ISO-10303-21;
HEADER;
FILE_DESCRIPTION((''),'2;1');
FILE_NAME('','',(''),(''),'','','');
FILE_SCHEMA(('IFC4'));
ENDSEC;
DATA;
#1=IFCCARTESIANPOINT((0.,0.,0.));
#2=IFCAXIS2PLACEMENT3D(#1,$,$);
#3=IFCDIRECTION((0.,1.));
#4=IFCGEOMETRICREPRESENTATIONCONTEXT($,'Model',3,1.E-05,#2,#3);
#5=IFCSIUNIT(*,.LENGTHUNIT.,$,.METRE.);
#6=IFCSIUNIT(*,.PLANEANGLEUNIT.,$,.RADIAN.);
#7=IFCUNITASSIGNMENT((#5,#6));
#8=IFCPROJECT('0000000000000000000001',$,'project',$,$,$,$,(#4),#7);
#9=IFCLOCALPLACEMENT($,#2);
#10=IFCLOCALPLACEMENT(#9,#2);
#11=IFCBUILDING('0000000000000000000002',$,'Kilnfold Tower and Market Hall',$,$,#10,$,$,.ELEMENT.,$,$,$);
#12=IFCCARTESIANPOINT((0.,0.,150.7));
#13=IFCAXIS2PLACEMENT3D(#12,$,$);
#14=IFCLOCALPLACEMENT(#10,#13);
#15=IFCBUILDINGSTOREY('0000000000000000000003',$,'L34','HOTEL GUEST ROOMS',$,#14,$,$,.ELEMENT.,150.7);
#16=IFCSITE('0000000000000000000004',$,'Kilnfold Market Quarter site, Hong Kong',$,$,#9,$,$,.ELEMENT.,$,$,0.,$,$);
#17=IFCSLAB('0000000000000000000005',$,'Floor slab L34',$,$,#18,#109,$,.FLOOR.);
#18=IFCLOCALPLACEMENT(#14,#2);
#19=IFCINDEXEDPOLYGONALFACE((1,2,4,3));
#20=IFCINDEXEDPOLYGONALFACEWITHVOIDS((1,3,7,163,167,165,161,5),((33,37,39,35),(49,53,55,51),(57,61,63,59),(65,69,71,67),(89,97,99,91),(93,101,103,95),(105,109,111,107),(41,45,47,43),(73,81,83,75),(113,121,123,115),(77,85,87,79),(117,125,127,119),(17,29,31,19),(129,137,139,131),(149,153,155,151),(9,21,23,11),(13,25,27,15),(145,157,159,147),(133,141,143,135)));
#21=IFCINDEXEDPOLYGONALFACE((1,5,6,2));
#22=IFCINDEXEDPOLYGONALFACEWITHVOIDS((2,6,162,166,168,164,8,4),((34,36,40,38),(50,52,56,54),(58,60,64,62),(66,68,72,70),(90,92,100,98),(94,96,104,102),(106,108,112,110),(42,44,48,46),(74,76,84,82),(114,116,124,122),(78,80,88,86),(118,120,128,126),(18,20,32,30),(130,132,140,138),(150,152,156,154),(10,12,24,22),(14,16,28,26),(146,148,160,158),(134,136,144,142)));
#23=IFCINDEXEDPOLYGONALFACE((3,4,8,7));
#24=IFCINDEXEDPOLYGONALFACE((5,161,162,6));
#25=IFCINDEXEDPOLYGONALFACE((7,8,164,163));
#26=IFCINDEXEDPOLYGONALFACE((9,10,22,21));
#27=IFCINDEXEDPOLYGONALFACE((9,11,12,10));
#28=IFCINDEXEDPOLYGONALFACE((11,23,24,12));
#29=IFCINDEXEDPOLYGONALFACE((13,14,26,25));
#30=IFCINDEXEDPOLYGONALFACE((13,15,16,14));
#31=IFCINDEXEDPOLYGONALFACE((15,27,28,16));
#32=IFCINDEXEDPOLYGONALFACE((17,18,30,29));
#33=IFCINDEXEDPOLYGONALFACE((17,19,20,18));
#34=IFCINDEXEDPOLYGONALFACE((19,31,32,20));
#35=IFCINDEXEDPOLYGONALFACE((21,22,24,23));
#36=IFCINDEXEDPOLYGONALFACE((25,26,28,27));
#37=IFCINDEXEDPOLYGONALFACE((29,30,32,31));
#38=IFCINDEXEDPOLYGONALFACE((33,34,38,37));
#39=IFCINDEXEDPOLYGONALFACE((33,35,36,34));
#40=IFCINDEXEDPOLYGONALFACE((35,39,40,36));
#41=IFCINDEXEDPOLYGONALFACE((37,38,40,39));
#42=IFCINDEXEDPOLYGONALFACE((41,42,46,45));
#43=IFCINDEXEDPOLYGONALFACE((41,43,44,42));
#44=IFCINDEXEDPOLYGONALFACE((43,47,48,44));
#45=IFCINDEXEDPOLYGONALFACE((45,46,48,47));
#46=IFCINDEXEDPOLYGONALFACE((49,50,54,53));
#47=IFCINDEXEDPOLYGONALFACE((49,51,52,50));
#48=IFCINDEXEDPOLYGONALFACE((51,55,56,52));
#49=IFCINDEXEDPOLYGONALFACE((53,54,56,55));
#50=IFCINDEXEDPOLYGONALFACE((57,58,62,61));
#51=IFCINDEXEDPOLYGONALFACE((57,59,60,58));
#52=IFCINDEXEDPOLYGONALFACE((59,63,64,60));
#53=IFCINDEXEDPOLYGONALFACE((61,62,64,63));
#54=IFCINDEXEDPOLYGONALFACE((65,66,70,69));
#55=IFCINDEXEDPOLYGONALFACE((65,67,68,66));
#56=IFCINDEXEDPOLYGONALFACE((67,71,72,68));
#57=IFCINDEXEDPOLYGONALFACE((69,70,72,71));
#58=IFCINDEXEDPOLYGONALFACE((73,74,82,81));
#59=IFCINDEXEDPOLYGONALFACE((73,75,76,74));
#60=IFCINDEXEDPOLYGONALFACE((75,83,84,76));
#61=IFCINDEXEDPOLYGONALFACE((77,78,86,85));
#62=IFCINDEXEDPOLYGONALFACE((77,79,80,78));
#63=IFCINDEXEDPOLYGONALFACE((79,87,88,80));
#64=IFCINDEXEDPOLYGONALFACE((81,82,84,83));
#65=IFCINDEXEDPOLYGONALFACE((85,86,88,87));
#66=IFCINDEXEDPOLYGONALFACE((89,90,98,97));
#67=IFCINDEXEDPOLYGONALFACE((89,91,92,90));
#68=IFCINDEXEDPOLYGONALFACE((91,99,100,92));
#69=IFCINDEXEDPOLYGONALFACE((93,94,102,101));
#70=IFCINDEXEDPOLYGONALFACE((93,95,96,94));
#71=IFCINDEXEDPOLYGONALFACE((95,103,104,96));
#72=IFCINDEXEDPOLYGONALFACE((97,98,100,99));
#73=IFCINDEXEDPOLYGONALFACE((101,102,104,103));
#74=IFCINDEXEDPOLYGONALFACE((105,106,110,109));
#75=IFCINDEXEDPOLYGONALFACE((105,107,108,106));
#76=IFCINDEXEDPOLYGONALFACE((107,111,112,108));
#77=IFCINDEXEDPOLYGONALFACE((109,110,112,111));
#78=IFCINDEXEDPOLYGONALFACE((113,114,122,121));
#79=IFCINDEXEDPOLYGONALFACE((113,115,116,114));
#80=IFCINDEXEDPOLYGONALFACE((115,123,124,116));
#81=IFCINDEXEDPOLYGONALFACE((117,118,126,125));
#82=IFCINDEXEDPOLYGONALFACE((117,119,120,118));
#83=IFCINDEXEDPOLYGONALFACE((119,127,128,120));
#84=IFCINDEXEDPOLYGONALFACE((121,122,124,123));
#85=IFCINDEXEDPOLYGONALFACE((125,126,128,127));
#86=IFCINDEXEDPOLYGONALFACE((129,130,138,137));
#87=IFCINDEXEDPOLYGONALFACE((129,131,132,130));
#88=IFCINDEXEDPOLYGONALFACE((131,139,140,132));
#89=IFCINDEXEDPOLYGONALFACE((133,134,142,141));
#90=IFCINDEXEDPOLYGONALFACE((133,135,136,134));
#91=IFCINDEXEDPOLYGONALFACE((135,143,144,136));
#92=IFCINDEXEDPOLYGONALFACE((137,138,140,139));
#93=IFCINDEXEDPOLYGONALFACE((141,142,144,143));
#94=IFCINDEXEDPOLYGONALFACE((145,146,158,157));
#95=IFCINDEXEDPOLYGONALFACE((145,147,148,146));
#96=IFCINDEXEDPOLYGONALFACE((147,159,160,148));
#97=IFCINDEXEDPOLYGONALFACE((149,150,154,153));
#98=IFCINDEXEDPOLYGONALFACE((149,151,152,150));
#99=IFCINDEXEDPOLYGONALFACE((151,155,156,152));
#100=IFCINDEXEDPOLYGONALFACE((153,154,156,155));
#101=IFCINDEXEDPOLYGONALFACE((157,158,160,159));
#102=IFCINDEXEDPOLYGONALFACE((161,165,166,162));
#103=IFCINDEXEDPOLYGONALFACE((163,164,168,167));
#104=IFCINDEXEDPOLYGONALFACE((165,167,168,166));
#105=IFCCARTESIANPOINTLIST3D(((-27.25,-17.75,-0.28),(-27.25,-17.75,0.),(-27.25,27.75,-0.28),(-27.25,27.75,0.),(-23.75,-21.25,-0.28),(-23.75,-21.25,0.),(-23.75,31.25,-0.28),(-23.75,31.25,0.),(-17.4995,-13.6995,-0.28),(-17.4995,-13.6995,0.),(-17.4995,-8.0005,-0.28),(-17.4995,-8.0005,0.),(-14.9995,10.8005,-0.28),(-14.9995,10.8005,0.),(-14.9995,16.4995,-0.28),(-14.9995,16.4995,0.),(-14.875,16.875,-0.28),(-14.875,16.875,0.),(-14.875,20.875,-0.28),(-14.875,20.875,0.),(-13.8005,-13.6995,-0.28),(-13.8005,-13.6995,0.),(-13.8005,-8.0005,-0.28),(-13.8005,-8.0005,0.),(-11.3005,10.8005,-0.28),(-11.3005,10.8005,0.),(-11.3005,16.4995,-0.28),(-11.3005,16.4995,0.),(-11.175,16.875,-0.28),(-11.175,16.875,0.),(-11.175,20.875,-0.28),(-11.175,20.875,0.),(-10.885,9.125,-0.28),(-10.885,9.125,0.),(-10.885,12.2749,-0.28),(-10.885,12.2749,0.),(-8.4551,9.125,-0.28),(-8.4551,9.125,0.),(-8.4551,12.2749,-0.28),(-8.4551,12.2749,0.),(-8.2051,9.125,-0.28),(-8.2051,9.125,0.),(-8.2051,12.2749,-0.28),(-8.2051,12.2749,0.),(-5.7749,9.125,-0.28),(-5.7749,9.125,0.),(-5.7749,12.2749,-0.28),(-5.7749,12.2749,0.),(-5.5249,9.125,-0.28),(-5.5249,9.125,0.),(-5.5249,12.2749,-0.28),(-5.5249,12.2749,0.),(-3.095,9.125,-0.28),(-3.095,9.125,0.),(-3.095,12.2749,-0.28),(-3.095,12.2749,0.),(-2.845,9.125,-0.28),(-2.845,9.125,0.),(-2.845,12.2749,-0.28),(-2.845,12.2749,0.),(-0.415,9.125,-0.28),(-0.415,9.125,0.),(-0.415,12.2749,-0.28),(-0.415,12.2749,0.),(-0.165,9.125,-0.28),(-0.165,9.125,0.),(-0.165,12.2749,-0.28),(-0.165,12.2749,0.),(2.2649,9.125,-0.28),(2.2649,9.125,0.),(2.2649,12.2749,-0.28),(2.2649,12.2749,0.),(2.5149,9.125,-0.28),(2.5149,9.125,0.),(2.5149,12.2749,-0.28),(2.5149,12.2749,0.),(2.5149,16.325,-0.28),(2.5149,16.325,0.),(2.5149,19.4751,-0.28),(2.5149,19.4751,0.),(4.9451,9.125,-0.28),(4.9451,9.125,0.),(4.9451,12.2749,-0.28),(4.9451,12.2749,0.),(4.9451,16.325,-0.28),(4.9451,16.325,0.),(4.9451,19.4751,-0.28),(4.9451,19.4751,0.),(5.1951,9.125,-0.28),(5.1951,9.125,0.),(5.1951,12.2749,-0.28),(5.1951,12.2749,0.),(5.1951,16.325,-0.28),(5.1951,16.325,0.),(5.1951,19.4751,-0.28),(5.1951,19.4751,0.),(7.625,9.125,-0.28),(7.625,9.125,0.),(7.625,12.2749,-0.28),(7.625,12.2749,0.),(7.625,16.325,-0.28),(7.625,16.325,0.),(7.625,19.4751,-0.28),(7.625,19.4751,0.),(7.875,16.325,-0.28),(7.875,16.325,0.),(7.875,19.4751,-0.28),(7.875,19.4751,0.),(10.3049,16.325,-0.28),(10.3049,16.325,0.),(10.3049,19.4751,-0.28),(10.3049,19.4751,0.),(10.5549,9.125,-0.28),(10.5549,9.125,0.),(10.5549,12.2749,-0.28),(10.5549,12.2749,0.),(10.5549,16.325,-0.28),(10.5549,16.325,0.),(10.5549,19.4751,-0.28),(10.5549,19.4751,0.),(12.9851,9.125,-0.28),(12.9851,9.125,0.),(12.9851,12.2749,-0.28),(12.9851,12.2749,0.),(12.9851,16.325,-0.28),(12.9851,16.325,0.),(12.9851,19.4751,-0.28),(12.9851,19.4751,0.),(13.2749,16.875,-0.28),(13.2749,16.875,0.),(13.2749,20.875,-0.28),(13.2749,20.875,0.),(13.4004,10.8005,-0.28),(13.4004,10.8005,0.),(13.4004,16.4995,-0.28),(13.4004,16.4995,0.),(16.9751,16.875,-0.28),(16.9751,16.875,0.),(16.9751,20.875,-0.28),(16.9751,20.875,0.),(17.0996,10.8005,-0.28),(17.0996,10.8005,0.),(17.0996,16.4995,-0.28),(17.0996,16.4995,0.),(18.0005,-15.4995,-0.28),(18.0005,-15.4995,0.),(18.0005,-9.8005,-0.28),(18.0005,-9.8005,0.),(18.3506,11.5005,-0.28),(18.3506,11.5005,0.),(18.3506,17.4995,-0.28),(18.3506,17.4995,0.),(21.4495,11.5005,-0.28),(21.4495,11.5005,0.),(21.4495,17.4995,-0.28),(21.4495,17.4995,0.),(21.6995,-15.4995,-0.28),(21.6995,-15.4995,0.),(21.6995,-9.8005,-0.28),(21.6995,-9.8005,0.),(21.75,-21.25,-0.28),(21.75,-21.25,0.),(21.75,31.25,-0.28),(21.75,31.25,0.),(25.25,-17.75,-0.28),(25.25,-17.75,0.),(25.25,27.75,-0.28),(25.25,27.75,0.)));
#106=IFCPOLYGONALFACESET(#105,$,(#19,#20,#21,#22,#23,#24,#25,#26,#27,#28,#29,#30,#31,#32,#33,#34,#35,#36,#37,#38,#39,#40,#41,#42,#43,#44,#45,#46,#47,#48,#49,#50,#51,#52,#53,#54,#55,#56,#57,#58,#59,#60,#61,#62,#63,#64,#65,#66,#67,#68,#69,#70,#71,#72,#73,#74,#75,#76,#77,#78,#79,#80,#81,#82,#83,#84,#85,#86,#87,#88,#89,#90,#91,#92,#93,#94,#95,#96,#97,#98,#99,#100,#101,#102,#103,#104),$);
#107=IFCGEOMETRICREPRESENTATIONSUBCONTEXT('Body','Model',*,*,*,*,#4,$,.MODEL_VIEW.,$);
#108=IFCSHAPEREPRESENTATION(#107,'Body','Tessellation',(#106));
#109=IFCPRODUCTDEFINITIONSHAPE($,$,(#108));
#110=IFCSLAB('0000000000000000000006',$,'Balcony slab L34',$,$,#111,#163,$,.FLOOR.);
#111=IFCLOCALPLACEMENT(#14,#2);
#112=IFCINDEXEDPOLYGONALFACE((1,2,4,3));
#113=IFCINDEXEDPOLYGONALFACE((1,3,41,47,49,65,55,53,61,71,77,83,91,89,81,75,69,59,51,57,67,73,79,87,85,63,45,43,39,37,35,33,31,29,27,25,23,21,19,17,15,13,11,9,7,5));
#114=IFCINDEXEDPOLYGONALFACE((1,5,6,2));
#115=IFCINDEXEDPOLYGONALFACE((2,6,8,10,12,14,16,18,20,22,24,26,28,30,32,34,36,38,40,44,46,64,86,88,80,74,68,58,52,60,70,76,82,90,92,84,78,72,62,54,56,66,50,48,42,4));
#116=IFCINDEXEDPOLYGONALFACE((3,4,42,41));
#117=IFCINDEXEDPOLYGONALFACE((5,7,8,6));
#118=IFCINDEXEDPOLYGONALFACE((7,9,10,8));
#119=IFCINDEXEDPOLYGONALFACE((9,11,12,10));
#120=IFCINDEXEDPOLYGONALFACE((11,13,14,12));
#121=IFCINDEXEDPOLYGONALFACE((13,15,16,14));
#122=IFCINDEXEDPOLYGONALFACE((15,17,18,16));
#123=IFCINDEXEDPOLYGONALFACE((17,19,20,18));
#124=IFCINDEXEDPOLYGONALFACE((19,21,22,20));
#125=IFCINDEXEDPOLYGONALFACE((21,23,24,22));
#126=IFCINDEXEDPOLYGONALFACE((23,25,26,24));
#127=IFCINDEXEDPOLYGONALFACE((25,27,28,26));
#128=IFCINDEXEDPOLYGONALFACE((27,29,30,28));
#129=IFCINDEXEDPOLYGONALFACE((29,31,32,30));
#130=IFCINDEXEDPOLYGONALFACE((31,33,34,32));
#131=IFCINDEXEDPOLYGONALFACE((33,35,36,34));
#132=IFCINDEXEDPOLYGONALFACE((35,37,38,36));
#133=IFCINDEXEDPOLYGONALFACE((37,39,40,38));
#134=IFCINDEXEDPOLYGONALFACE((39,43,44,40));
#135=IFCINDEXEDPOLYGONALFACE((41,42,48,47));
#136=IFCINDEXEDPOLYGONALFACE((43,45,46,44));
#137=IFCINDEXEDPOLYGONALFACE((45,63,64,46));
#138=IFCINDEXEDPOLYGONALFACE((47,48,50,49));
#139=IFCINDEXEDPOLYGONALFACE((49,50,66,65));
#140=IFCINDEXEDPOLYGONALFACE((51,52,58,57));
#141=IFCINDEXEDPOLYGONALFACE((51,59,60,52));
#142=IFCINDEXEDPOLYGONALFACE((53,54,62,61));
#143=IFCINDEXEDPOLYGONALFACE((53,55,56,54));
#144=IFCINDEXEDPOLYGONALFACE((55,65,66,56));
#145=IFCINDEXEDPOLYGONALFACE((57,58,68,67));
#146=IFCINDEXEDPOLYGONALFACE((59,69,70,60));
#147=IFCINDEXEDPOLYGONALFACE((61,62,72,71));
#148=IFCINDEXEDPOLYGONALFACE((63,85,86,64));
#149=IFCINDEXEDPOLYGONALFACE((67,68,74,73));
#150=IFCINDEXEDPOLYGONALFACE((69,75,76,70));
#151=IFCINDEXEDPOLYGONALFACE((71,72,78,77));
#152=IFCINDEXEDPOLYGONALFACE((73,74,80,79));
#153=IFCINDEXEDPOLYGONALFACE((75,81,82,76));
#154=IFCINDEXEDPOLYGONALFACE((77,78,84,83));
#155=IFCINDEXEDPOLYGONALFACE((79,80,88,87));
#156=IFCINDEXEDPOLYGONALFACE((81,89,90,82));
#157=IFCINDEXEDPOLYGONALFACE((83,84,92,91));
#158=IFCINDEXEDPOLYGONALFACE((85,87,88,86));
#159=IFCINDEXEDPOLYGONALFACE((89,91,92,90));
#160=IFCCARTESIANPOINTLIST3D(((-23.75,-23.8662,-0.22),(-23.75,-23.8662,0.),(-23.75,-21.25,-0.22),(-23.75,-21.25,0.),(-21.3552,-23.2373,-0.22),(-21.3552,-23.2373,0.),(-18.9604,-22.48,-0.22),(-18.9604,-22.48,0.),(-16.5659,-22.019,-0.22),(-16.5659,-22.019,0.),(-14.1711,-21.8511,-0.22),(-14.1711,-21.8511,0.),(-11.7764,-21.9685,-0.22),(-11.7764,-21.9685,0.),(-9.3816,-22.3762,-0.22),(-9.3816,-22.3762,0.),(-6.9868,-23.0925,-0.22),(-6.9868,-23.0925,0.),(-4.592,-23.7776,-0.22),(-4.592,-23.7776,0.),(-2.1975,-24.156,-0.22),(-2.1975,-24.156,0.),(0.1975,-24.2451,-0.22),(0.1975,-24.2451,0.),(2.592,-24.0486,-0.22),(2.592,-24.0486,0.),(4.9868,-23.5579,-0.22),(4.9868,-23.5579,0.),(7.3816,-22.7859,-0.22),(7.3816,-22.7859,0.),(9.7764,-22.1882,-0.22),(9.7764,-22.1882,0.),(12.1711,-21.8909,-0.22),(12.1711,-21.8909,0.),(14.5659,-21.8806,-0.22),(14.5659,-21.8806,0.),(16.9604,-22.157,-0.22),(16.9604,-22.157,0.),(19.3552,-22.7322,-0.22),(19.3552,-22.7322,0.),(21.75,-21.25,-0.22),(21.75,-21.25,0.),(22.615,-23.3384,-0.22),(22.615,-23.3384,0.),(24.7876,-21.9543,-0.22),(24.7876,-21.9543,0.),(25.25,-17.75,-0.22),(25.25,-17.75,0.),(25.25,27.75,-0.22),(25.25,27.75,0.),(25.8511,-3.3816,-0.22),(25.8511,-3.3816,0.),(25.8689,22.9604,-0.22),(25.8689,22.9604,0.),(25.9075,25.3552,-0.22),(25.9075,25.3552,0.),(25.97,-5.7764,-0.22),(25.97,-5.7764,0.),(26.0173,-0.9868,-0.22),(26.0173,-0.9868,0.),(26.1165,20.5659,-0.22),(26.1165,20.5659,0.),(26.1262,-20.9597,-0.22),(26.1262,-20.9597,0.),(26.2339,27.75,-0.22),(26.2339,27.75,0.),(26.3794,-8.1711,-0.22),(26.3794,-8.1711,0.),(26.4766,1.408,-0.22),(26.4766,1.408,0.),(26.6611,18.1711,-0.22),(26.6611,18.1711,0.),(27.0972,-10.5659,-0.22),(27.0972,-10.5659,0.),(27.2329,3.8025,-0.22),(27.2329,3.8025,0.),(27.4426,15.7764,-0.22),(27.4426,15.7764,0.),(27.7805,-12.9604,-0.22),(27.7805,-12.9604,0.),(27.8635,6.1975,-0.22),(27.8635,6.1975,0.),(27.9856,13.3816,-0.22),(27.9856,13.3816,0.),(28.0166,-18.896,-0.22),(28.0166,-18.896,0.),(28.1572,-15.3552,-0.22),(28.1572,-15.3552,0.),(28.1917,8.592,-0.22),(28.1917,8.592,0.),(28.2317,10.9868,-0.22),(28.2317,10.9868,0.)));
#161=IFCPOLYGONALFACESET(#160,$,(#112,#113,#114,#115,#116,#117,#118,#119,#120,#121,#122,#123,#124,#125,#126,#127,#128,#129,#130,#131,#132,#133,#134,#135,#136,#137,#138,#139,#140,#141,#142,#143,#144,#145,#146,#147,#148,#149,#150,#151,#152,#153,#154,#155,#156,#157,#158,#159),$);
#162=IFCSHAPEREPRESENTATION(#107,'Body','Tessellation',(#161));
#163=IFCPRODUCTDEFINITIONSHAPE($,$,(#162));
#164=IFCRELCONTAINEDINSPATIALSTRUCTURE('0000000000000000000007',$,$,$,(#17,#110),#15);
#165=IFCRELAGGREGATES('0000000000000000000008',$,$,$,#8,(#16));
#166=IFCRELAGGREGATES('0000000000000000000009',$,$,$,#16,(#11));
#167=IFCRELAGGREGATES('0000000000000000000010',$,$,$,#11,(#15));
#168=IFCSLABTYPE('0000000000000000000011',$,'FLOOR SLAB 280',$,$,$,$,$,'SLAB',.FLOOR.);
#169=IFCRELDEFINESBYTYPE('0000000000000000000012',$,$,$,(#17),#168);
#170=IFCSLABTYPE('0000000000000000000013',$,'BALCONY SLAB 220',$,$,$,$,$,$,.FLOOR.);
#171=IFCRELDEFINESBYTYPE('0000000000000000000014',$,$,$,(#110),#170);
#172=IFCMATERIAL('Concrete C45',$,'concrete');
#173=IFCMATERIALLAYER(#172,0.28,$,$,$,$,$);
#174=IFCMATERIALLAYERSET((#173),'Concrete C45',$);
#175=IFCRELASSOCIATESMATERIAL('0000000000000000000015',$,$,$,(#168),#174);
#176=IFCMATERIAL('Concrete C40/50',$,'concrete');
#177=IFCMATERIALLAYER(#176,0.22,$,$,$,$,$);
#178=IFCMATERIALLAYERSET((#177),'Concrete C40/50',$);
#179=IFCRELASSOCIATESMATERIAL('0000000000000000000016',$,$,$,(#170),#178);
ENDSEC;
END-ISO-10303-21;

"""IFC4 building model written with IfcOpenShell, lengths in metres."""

from ifc_helpers import new_model, si_unit, direction, frame, origin, place, context, subcontext, project, spatial, polyline, outline, extrude, source, transform, mapped, material, layer, layer_set, type_object, element, save


model = new_model("IFC4")

# Units and contexts
model_context = context("Model", 3, precision=1e-05, world=origin(), true_north=direction((0.0, 1.0)))
body_context = subcontext(model_context, "Body", "Model", "MODEL_VIEW")
ifc_project = project(units=[si_unit("LENGTHUNIT", "METRE"), si_unit("PLANEANGLEUNIT", "RADIAN")], contexts=[model_context])

# Site, building, storey
site_placement = place(None, origin())
site = spatial("IfcSite", under=ifc_project, at=site_placement, Name="Kilnfold Market Quarter site, Hong Kong", CompositionType="ELEMENT", RefElevation=0.0)
building_placement = place(site_placement, origin())
building = spatial("IfcBuilding", under=site, at=building_placement, Name="Kilnfold Tower and Market Hall", CompositionType="ELEMENT")
storey_placement = place(building_placement, frame((0.0, 0.0, 150.7)))
storey = spatial("IfcBuildingStorey", under=building, at=storey_placement, Name="L34", Description="HOTEL GUEST ROOMS", CompositionType="ELEMENT", Elevation=150.7)

# Slabs
ifc_material_1 = material(Name="Concrete C45", Category="concrete")
ifc_layer_1 = layer(ifc_material_1, 0.28)
ifc_layer_set_1 = layer_set([ifc_layer_1], Name="Concrete C45")
slab_type_1 = type_object("IfcSlabType", Name="FLOOR SLAB 280", ElementType="SLAB", PredefinedType="FLOOR", material=ifc_layer_set_1)
shared_shape_1 = source(origin(), body_context, "Body", "SweptSolid", [
    extrude(outline(polyline([(-23.75, -21.25), (21.75, -21.25), (25.25, -17.75), (25.25, 27.75), (21.75, 31.25), (-23.75, 31.25), (-27.25, 27.75), (-27.25, -17.75), (-23.75, -21.25)]), holes=[polyline([(-13.8005, -13.6995), (-17.4995, -13.6995), (-17.4995, -8.0005), (-13.8005, -8.0005), (-13.8005, -13.6995)]), polyline([(-14.9995, 10.8005), (-14.9995, 16.4995), (-11.3005, 16.4995), (-11.3005, 10.8005), (-14.9995, 10.8005)]), polyline([(-11.175, 16.875), (-14.875, 16.875), (-14.875, 20.875), (-11.175, 20.875), (-11.175, 16.875)]), polyline([(-8.4551, 9.125), (-10.885, 9.125), (-10.885, 12.2749), (-8.4551, 12.2749), (-8.4551, 9.125)]), polyline([(-5.7749, 9.125), (-8.2051, 9.125), (-8.2051, 12.2749), (-5.7749, 12.2749), (-5.7749, 9.125)]), polyline([(-3.095, 9.125), (-5.5249, 9.125), (-5.5249, 12.2749), (-3.095, 12.2749), (-3.095, 9.125)]), polyline([(-0.415, 9.125), (-2.845, 9.125), (-2.845, 12.2749), (-0.415, 12.2749), (-0.415, 9.125)]), polyline([(2.2649, 9.125), (-0.165, 9.125), (-0.165, 12.2749), (2.2649, 12.2749), (2.2649, 9.125)]), polyline([(4.9451, 9.125), (2.5149, 9.125), (2.5149, 12.2749), (4.9451, 12.2749), (4.9451, 9.125)]), polyline([(2.5149, 16.325), (2.5149, 19.4751), (4.9451, 19.4751), (4.9451, 16.325), (2.5149, 16.325)]), polyline([(7.625, 9.125), (5.1951, 9.125), (5.1951, 12.2749), (7.625, 12.2749), (7.625, 9.125)]), polyline([(7.625, 16.325), (5.1951, 16.325), (5.1951, 19.4751), (7.625, 19.4751), (7.625, 16.325)]), polyline([(10.3049, 16.325), (7.875, 16.325), (7.875, 19.4751), (10.3049, 19.4751), (10.3049, 16.325)]), polyline([(10.5549, 9.125), (10.5549, 12.2749), (12.9851, 12.2749), (12.9851, 9.125), (10.5549, 9.125)]), polyline([(10.5549, 16.325), (10.5549, 19.4751), (12.9851, 19.4751), (12.9851, 16.325), (10.5549, 16.325)]), polyline([(13.2749, 16.875), (13.2749, 20.875), (16.9751, 20.875), (16.9751, 16.875), (13.2749, 16.875)]), polyline([(13.4004, 10.8005), (13.4004, 16.4995), (17.0996, 16.4995), (17.0996, 10.8005), (13.4004, 10.8005)]), polyline([(18.0005, -9.8005), (21.6995, -9.8005), (21.6995, -15.4995), (18.0005, -15.4995), (18.0005, -9.8005)]), polyline([(21.4495, 11.5005), (18.3506, 11.5005), (18.3506, 17.4995), (21.4495, 17.4995), (21.4495, 11.5005)])]), origin(), (0.0, 0.0, 1.0), 0.28),
])
slab_1_placement = place(storey_placement, frame((0.0, 0.0, -0.28)))
element("IfcSlab", 1, at=slab_1_placement, inside=storey, type_object=slab_type_1, Name="Floor slab L34", PredefinedType="FLOOR", context=body_context, shape_type="MappedRepresentation", body=[
    mapped(shared_shape_1, transform((0.0, 0.0, 0.0))),
])
ifc_material_2 = material(Name="Concrete C40/50", Category="concrete")
ifc_layer_2 = layer(ifc_material_2, 0.22)
ifc_layer_set_2 = layer_set([ifc_layer_2], Name="Concrete C40/50")
slab_type_2 = type_object("IfcSlabType", Name="BALCONY SLAB 220", PredefinedType="FLOOR", material=ifc_layer_set_2)
shared_shape_2 = source(origin(), body_context, "Body", "SweptSolid", [
    extrude(outline(polyline([(-23.75, -21.25), (21.75, -21.25), (25.25, -17.75), (25.25, 27.75), (26.2339, 27.75), (25.9075, 25.3552), (25.8689, 22.9604), (26.1165, 20.5659), (26.6611, 18.1711), (27.4426, 15.7764), (27.9856, 13.3816), (28.2317, 10.9868), (28.1917, 8.592), (27.8635, 6.1975), (27.2329, 3.8025), (26.4766, 1.408), (26.0173, -0.9868), (25.8511, -3.3816), (25.97, -5.7764), (26.3794, -8.1711), (27.0972, -10.5659), (27.7805, -12.9604), (28.1572, -15.3552), (28.0166, -18.896), (26.1262, -20.9597), (24.7876, -21.9543), (22.615, -23.3384), (19.3552, -22.7322), (16.9604, -22.157), (14.5659, -21.8806), (12.1711, -21.8909), (9.7764, -22.1882), (7.3816, -22.7859), (4.9868, -23.5579), (2.592, -24.0486), (0.1975, -24.2451), (-2.1975, -24.156), (-4.592, -23.7776), (-6.9868, -23.0925), (-9.3816, -22.3762), (-11.7764, -21.9685), (-14.1711, -21.8511), (-16.5659, -22.019), (-18.9604, -22.48), (-21.3552, -23.2373), (-23.75, -23.8662), (-23.75, -21.25)])), origin(), (0.0, 0.0, 1.0), 0.22),
])
slab_2_placement = place(storey_placement, frame((0.0, 0.0, -0.22)))
element("IfcSlab", 2, at=slab_2_placement, inside=storey, type_object=slab_type_2, Name="Balcony slab L34", PredefinedType="FLOOR", context=body_context, shape_type="MappedRepresentation", body=[
    mapped(shared_shape_2, transform((0.0, 0.0, 0.0))),
])

save(model, "model.ifc")
